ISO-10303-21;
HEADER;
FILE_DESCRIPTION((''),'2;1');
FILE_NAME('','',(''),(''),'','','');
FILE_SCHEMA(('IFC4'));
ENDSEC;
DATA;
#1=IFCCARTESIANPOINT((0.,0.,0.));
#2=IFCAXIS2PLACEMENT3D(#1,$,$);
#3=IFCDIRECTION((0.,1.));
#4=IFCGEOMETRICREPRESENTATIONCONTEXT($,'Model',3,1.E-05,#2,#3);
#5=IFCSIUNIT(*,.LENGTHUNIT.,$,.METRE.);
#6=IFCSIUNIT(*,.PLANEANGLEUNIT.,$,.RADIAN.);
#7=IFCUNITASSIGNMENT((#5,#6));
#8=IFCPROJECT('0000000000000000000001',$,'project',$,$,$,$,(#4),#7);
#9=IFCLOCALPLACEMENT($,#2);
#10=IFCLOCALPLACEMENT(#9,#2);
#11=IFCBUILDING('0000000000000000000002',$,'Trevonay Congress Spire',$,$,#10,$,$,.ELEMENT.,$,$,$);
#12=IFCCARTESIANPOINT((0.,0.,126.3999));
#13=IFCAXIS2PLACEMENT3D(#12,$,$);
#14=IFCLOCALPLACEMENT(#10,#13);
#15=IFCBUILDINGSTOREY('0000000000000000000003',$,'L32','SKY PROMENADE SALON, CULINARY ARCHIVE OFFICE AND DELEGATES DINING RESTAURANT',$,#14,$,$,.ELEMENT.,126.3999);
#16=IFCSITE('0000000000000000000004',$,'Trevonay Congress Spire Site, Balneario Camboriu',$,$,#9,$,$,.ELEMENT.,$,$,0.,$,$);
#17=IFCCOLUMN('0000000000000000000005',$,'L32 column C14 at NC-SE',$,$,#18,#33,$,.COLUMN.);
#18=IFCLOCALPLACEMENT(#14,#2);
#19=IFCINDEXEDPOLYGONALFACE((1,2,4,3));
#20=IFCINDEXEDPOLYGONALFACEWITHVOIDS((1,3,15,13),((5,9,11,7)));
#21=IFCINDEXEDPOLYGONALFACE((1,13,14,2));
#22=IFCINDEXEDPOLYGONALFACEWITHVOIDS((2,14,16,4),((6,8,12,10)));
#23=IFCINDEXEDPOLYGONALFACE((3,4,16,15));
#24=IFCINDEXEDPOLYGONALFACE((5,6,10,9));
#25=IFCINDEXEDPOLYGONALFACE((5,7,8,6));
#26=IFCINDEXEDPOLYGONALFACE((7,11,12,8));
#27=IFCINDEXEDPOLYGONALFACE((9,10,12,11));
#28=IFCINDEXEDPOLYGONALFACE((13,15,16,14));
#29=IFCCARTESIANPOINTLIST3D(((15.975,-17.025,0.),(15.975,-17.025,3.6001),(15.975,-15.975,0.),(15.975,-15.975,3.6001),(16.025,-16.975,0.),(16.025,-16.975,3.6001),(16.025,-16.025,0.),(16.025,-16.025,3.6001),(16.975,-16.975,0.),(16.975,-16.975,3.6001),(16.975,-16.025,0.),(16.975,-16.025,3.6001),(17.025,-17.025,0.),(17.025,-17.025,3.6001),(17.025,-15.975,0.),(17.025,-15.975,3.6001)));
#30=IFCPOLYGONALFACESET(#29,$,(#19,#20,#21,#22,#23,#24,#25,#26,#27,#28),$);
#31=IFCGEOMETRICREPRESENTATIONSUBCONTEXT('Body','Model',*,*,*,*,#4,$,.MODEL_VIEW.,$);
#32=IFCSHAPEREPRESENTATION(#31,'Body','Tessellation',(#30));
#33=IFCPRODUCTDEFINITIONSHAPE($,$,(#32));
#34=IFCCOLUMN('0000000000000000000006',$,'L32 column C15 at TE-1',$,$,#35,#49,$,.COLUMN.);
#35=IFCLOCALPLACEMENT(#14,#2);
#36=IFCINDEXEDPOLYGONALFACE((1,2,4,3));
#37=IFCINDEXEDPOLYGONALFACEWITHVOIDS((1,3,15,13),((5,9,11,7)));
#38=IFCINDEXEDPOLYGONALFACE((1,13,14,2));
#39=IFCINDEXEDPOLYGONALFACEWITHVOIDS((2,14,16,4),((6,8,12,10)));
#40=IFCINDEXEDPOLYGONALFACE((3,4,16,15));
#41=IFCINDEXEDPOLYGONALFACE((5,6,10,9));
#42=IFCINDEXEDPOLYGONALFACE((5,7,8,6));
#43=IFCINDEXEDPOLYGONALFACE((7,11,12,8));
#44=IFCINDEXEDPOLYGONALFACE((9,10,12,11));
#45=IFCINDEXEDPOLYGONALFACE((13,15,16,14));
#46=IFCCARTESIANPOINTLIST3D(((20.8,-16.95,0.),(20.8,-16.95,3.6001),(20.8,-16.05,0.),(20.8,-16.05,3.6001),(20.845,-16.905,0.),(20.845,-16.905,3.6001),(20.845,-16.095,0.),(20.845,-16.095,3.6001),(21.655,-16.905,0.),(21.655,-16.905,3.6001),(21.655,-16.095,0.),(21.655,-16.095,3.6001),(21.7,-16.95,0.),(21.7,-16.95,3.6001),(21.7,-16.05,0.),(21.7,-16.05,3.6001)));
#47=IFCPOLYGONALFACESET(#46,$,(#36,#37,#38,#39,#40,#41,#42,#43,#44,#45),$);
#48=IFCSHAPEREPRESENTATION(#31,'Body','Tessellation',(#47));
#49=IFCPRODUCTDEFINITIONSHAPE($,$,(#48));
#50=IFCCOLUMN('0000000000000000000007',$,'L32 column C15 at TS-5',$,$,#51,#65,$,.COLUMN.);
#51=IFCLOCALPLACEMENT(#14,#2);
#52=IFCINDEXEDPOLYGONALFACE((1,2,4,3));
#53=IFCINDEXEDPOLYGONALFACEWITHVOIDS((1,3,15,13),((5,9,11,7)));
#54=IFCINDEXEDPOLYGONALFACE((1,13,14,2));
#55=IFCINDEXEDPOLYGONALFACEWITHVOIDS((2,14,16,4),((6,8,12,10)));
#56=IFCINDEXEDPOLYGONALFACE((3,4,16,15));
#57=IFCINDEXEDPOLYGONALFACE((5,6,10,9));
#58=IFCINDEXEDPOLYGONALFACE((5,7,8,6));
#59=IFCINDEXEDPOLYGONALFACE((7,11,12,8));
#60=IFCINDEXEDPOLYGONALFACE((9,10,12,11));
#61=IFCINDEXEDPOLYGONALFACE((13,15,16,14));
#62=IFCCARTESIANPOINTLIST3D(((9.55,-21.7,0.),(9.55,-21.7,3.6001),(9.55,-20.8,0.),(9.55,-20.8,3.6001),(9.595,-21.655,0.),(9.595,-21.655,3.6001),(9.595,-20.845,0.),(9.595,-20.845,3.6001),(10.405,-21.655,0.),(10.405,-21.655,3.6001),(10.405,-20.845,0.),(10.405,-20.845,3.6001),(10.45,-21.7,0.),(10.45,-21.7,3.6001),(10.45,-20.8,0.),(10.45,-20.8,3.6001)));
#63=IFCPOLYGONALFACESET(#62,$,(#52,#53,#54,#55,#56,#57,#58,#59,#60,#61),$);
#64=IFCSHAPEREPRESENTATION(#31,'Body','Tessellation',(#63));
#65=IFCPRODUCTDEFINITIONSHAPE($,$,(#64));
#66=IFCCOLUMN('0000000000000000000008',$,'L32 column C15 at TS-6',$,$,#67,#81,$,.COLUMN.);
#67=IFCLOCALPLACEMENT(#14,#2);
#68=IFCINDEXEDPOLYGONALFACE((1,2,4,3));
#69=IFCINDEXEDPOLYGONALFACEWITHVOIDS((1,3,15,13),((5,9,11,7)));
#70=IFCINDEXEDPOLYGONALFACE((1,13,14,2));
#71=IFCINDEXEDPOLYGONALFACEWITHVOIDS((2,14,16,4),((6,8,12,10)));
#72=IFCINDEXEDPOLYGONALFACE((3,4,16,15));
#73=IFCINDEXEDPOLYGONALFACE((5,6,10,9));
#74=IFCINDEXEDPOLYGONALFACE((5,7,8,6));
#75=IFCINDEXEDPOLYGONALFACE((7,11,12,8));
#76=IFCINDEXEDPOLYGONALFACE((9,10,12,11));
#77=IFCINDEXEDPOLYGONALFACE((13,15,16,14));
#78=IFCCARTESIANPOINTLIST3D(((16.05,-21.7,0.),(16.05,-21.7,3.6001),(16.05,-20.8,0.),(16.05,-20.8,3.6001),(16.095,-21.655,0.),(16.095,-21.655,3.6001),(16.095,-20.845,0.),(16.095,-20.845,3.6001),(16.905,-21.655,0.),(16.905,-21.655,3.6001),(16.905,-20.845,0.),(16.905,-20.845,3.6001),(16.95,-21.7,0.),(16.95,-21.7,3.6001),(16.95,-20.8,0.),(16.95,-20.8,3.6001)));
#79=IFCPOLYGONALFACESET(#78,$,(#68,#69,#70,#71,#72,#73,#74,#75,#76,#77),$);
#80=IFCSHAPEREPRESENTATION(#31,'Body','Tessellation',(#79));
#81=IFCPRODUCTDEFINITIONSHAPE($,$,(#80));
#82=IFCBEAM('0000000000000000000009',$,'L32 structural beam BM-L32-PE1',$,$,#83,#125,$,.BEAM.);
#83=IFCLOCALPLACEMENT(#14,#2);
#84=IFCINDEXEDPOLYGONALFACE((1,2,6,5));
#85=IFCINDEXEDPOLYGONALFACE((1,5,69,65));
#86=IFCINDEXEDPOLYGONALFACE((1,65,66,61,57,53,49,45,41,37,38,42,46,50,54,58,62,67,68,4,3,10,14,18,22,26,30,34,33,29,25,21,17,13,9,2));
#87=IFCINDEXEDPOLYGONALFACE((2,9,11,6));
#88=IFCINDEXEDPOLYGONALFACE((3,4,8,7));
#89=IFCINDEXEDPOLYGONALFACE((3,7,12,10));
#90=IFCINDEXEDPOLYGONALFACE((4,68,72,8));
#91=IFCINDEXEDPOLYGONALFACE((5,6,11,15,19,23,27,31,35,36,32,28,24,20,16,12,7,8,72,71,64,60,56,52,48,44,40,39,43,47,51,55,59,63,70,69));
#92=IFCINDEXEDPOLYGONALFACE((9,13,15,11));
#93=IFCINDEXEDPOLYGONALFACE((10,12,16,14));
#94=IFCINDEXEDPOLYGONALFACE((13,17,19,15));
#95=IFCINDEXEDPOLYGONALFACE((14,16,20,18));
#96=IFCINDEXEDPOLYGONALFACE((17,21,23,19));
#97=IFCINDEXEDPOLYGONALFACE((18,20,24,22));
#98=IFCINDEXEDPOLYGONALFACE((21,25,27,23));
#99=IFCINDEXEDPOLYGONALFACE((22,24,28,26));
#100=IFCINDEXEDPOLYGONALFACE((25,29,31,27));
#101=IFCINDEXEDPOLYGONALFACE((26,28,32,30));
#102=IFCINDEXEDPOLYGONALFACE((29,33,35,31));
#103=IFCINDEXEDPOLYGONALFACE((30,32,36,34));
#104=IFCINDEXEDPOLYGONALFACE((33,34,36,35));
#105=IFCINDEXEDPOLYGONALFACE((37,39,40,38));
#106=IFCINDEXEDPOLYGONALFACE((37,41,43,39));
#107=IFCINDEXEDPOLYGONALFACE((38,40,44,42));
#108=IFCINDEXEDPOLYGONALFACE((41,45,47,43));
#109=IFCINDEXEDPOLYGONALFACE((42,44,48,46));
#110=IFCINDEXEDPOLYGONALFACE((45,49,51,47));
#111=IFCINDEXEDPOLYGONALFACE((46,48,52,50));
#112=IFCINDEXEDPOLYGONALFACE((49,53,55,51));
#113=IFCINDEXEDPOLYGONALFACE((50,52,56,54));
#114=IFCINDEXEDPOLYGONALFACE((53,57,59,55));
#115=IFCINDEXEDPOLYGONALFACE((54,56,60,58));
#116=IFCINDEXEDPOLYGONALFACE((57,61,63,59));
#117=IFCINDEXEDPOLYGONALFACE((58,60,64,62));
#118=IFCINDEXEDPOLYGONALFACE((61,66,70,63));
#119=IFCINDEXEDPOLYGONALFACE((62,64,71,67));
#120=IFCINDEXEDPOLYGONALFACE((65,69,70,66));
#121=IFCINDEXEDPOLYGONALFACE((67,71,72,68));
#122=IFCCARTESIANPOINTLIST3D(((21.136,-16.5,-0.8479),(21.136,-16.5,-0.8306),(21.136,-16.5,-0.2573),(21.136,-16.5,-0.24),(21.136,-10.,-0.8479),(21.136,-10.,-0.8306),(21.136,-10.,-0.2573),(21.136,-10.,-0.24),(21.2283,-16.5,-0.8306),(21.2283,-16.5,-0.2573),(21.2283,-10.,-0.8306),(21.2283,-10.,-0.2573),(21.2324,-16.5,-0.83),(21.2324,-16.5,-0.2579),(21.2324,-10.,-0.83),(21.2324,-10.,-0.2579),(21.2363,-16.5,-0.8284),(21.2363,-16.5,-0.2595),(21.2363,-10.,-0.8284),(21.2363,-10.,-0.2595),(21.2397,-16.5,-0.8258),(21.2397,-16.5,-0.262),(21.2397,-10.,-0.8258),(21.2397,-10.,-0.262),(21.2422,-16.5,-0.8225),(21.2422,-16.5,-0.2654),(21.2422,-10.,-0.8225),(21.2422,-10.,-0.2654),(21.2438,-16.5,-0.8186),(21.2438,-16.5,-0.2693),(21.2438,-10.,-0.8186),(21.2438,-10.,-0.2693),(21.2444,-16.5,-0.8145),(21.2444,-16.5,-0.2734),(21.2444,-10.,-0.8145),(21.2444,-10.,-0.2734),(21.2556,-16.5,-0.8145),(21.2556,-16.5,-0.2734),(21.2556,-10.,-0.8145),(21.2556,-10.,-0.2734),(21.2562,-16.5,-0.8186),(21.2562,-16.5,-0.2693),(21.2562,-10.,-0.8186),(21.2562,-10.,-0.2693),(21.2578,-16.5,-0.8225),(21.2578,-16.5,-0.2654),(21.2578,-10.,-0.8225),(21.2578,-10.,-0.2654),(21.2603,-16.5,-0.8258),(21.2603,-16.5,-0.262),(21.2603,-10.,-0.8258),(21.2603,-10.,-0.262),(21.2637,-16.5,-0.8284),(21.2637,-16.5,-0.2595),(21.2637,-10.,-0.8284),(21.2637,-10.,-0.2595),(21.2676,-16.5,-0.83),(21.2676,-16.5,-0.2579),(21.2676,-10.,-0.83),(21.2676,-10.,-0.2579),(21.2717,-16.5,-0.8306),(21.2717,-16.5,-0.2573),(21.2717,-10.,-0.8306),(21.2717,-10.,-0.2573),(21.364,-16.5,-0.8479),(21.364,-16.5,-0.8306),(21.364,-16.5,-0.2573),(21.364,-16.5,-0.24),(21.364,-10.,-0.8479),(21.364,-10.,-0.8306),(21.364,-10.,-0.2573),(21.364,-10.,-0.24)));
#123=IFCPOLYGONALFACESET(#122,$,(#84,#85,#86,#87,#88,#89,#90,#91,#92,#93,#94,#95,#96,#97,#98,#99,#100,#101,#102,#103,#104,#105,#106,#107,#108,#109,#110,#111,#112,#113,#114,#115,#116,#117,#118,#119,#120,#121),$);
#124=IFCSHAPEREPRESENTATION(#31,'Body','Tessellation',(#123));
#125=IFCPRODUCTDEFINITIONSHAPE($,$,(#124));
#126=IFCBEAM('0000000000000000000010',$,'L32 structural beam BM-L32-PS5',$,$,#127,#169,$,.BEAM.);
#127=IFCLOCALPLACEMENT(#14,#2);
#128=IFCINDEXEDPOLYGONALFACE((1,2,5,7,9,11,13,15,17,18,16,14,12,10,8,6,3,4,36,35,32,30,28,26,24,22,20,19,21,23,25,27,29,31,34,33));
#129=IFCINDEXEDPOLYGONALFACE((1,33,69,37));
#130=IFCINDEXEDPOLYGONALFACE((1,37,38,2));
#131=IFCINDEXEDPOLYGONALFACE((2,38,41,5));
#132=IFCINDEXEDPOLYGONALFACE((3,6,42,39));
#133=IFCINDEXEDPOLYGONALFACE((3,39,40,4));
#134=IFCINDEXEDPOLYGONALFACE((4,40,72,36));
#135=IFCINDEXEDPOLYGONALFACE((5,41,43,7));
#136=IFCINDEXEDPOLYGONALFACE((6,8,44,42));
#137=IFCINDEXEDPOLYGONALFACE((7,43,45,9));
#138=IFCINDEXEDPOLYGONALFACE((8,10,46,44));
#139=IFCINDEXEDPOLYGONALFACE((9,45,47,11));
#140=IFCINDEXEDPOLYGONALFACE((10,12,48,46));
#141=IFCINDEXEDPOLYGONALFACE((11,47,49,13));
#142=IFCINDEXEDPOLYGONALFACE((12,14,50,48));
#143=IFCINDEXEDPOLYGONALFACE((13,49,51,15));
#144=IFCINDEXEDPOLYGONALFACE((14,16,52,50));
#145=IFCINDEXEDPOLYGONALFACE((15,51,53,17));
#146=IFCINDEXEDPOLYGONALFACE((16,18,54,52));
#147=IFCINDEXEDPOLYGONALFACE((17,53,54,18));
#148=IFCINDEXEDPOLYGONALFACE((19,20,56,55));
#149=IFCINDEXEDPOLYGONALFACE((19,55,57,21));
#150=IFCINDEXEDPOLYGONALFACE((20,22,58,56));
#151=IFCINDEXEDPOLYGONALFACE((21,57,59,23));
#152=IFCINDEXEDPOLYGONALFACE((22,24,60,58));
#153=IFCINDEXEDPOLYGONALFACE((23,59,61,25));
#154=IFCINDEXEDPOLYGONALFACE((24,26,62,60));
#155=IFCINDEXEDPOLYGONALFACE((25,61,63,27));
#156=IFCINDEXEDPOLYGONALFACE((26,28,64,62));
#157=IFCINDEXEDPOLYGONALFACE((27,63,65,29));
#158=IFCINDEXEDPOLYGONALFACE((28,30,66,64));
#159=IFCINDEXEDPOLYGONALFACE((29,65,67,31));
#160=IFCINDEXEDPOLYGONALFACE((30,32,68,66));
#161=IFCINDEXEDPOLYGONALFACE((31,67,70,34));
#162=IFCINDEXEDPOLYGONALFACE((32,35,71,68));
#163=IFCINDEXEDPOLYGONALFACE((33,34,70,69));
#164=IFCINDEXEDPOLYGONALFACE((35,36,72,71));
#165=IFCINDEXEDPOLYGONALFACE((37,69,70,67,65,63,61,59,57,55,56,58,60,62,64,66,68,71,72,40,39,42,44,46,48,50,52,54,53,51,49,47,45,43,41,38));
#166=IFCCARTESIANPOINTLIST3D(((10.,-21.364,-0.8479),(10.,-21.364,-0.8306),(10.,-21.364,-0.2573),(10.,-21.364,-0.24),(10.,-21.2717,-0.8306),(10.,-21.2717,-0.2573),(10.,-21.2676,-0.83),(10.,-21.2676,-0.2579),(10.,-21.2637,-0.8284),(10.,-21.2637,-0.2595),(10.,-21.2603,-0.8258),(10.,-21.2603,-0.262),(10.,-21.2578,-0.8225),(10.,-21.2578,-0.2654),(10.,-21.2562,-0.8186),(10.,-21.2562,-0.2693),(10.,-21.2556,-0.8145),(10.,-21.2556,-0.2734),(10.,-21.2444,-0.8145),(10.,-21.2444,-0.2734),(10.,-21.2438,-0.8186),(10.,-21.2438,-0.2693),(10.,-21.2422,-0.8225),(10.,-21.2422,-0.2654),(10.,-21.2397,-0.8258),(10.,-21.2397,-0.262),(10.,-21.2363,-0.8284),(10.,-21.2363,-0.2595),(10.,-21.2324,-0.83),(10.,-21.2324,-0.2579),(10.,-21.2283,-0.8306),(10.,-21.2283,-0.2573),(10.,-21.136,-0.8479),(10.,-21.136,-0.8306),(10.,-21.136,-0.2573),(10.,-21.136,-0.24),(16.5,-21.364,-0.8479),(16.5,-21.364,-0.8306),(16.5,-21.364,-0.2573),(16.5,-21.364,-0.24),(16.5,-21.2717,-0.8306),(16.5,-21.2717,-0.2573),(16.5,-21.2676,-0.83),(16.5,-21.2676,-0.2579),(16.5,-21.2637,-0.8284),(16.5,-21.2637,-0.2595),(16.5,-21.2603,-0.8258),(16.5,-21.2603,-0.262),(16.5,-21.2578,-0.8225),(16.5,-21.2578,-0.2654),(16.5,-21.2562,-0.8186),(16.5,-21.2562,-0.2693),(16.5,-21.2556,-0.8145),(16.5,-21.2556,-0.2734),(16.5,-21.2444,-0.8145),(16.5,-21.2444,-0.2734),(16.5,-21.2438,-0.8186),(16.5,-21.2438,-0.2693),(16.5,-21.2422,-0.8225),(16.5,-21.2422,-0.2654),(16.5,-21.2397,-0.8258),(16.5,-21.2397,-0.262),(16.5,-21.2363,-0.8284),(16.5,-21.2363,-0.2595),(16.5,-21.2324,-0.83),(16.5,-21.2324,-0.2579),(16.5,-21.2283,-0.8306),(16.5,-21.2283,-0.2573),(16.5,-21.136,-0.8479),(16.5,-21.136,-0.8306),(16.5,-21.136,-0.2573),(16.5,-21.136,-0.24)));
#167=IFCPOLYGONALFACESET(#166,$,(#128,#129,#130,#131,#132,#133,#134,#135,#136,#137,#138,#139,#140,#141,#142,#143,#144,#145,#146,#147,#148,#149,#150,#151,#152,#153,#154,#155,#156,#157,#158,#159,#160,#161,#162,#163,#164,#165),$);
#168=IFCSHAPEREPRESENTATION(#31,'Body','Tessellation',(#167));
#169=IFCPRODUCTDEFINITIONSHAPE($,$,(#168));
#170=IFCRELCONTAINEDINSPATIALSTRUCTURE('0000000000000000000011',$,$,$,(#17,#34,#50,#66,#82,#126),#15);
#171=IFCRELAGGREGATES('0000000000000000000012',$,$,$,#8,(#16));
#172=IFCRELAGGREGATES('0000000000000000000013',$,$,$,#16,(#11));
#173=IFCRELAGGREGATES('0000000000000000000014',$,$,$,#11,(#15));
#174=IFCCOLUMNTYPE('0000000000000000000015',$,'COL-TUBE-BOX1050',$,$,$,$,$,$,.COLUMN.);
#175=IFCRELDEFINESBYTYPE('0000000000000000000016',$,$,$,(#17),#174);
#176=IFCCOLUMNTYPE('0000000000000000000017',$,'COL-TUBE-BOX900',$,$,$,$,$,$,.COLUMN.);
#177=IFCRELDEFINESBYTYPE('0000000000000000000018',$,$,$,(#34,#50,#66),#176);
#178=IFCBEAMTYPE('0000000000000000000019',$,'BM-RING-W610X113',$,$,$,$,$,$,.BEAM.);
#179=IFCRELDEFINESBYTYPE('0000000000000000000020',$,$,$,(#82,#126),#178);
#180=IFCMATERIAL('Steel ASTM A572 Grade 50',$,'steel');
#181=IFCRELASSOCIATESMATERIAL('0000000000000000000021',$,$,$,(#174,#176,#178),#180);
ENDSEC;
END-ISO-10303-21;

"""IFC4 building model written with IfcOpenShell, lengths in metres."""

from ifc_helpers import new_model, si_unit, direction, frame, origin, origin_2d, place, context, subcontext, project, spatial, hollow_rectangle, i_section, extrude, material, material_profile, profile_set, type_object, element, save


model = new_model("IFC4")

# Units and contexts
model_context = context("Model", 3, precision=1e-05, world=origin(), true_north=direction((0.0, 1.0)))
body_context = subcontext(model_context, "Body", "Model", "MODEL_VIEW")
ifc_project = project(units=[si_unit("LENGTHUNIT", "METRE"), si_unit("PLANEANGLEUNIT", "RADIAN")], contexts=[model_context])

# Site, building, storey
site_placement = place(None, origin())
site = spatial("IfcSite", under=ifc_project, at=site_placement, Name="Trevonay Congress Spire Site, Balneario Camboriu", CompositionType="ELEMENT", RefElevation=0.0)
building_placement = place(site_placement, origin())
building = spatial("IfcBuilding", under=site, at=building_placement, Name="Trevonay Congress Spire", CompositionType="ELEMENT")
storey_placement = place(building_placement, frame((0.0, 0.0, 126.3999)))
storey = spatial("IfcBuildingStorey", under=building, at=storey_placement, Name="L32", Description="SKY PROMENADE SALON, CULINARY ARCHIVE OFFICE AND DELEGATES DINING RESTAURANT", CompositionType="ELEMENT", Elevation=126.3999)

# Columns
ifc_material_1 = material(Name="Steel ASTM A572 Grade 50", Category="steel")
ifc_material_profile_1 = material_profile(ifc_material_1, hollow_rectangle(XDim=1.05, YDim=1.05, WallThickness=0.05, at=origin_2d()), Name="BOX 1050x1050x50")
ifc_profile_set_1 = profile_set([ifc_material_profile_1], Name="Steel ASTM A572 Grade 50")
column_type_1 = type_object("IfcColumnType", Name="COL-TUBE-BOX1050", PredefinedType="COLUMN", material=ifc_profile_set_1)
column_placement = place(storey_placement, frame((16.5, -16.5, 0.0), z_axis=(0.0, 0.0, 1.0), x_axis=(1.0, 0.0, 0.0)))
element("IfcColumn", 1, at=column_placement, inside=storey, type_object=column_type_1, Name="L32 column C14 at NC-SE", PredefinedType="COLUMN", context=body_context, shape_type="SweptSolid", body=[
    extrude(hollow_rectangle(XDim=1.05, YDim=1.05, WallThickness=0.05, at=origin_2d()), origin(), (0.0, 0.0, 1.0), 3.6001),
])
ifc_material_profile_2 = material_profile(ifc_material_1, hollow_rectangle(XDim=0.8999, YDim=0.8999, WallThickness=0.0449, at=origin_2d()), Name="BOX 900x900x45")
ifc_profile_set_2 = profile_set([ifc_material_profile_2], Name="Steel ASTM A572 Grade 50")
column_type_2 = type_object("IfcColumnType", Name="COL-TUBE-BOX900", PredefinedType="COLUMN", material=ifc_profile_set_2)
for number, where, z_axis, x_axis, name in (
    (2, (21.25, -16.5, 0.0), (0.0, 0.0, 1.0), (1.0, 0.0, 0.0), "L32 column C15 at TE-1"),
    (3, (10.0, -21.25, 0.0), (0.0, 0.0, 1.0), (1.0, 0.0, 0.0), "L32 column C15 at TS-5"),
    (4, (16.5, -21.25, 0.0), (0.0, 0.0, 1.0), (1.0, 0.0, 0.0), "L32 column C15 at TS-6"),
):
    element("IfcColumn", number, at=place(storey_placement, frame(where, z_axis=z_axis, x_axis=x_axis)), inside=storey, type_object=column_type_2, Name=name, PredefinedType="COLUMN", context=body_context, shape_type="SweptSolid", body=[
        extrude(hollow_rectangle(XDim=0.8999, YDim=0.8999, WallThickness=0.0449, at=origin_2d()), origin(), (0.0, 0.0, 1.0), 3.6001),
    ])

# Beams
ifc_material_profile_3 = material_profile(ifc_material_1, i_section(OverallWidth=0.228, OverallDepth=0.6079, WebThickness=0.0112, FlangeThickness=0.0173, FilletRadius=0.0161, at=origin_2d()), Name="W610x113")
ifc_profile_set_3 = profile_set([ifc_material_profile_3], Name="Steel ASTM A572 Grade 50")
beam_type_1 = type_object("IfcBeamType", Name="BM-RING-W610X113", PredefinedType="BEAM", material=ifc_profile_set_3)
for number, where, z_axis, x_axis, name in (
    (5, (21.25, -16.5, -0.5439), (0.0, 1.0, 0.0), (-1.0, 0.0, 0.0), "L32 structural beam BM-L32-PE1"),
    (6, (10.0, -21.25, -0.5439), (1.0, 0.0, 0.0), (0.0, 1.0, 0.0), "L32 structural beam BM-L32-PS5"),
):
    element("IfcBeam", number, at=place(storey_placement, frame(where, z_axis=z_axis, x_axis=x_axis)), inside=storey, type_object=beam_type_1, Name=name, PredefinedType="BEAM", context=body_context, shape_type="SweptSolid", body=[
        extrude(i_section(OverallWidth=0.228, OverallDepth=0.6079, WebThickness=0.0112, FlangeThickness=0.0173, FilletRadius=0.0161, at=origin_2d()), origin(), (0.0, 0.0, 1.0), 6.5),
    ])

save(model, "model.ifc")
